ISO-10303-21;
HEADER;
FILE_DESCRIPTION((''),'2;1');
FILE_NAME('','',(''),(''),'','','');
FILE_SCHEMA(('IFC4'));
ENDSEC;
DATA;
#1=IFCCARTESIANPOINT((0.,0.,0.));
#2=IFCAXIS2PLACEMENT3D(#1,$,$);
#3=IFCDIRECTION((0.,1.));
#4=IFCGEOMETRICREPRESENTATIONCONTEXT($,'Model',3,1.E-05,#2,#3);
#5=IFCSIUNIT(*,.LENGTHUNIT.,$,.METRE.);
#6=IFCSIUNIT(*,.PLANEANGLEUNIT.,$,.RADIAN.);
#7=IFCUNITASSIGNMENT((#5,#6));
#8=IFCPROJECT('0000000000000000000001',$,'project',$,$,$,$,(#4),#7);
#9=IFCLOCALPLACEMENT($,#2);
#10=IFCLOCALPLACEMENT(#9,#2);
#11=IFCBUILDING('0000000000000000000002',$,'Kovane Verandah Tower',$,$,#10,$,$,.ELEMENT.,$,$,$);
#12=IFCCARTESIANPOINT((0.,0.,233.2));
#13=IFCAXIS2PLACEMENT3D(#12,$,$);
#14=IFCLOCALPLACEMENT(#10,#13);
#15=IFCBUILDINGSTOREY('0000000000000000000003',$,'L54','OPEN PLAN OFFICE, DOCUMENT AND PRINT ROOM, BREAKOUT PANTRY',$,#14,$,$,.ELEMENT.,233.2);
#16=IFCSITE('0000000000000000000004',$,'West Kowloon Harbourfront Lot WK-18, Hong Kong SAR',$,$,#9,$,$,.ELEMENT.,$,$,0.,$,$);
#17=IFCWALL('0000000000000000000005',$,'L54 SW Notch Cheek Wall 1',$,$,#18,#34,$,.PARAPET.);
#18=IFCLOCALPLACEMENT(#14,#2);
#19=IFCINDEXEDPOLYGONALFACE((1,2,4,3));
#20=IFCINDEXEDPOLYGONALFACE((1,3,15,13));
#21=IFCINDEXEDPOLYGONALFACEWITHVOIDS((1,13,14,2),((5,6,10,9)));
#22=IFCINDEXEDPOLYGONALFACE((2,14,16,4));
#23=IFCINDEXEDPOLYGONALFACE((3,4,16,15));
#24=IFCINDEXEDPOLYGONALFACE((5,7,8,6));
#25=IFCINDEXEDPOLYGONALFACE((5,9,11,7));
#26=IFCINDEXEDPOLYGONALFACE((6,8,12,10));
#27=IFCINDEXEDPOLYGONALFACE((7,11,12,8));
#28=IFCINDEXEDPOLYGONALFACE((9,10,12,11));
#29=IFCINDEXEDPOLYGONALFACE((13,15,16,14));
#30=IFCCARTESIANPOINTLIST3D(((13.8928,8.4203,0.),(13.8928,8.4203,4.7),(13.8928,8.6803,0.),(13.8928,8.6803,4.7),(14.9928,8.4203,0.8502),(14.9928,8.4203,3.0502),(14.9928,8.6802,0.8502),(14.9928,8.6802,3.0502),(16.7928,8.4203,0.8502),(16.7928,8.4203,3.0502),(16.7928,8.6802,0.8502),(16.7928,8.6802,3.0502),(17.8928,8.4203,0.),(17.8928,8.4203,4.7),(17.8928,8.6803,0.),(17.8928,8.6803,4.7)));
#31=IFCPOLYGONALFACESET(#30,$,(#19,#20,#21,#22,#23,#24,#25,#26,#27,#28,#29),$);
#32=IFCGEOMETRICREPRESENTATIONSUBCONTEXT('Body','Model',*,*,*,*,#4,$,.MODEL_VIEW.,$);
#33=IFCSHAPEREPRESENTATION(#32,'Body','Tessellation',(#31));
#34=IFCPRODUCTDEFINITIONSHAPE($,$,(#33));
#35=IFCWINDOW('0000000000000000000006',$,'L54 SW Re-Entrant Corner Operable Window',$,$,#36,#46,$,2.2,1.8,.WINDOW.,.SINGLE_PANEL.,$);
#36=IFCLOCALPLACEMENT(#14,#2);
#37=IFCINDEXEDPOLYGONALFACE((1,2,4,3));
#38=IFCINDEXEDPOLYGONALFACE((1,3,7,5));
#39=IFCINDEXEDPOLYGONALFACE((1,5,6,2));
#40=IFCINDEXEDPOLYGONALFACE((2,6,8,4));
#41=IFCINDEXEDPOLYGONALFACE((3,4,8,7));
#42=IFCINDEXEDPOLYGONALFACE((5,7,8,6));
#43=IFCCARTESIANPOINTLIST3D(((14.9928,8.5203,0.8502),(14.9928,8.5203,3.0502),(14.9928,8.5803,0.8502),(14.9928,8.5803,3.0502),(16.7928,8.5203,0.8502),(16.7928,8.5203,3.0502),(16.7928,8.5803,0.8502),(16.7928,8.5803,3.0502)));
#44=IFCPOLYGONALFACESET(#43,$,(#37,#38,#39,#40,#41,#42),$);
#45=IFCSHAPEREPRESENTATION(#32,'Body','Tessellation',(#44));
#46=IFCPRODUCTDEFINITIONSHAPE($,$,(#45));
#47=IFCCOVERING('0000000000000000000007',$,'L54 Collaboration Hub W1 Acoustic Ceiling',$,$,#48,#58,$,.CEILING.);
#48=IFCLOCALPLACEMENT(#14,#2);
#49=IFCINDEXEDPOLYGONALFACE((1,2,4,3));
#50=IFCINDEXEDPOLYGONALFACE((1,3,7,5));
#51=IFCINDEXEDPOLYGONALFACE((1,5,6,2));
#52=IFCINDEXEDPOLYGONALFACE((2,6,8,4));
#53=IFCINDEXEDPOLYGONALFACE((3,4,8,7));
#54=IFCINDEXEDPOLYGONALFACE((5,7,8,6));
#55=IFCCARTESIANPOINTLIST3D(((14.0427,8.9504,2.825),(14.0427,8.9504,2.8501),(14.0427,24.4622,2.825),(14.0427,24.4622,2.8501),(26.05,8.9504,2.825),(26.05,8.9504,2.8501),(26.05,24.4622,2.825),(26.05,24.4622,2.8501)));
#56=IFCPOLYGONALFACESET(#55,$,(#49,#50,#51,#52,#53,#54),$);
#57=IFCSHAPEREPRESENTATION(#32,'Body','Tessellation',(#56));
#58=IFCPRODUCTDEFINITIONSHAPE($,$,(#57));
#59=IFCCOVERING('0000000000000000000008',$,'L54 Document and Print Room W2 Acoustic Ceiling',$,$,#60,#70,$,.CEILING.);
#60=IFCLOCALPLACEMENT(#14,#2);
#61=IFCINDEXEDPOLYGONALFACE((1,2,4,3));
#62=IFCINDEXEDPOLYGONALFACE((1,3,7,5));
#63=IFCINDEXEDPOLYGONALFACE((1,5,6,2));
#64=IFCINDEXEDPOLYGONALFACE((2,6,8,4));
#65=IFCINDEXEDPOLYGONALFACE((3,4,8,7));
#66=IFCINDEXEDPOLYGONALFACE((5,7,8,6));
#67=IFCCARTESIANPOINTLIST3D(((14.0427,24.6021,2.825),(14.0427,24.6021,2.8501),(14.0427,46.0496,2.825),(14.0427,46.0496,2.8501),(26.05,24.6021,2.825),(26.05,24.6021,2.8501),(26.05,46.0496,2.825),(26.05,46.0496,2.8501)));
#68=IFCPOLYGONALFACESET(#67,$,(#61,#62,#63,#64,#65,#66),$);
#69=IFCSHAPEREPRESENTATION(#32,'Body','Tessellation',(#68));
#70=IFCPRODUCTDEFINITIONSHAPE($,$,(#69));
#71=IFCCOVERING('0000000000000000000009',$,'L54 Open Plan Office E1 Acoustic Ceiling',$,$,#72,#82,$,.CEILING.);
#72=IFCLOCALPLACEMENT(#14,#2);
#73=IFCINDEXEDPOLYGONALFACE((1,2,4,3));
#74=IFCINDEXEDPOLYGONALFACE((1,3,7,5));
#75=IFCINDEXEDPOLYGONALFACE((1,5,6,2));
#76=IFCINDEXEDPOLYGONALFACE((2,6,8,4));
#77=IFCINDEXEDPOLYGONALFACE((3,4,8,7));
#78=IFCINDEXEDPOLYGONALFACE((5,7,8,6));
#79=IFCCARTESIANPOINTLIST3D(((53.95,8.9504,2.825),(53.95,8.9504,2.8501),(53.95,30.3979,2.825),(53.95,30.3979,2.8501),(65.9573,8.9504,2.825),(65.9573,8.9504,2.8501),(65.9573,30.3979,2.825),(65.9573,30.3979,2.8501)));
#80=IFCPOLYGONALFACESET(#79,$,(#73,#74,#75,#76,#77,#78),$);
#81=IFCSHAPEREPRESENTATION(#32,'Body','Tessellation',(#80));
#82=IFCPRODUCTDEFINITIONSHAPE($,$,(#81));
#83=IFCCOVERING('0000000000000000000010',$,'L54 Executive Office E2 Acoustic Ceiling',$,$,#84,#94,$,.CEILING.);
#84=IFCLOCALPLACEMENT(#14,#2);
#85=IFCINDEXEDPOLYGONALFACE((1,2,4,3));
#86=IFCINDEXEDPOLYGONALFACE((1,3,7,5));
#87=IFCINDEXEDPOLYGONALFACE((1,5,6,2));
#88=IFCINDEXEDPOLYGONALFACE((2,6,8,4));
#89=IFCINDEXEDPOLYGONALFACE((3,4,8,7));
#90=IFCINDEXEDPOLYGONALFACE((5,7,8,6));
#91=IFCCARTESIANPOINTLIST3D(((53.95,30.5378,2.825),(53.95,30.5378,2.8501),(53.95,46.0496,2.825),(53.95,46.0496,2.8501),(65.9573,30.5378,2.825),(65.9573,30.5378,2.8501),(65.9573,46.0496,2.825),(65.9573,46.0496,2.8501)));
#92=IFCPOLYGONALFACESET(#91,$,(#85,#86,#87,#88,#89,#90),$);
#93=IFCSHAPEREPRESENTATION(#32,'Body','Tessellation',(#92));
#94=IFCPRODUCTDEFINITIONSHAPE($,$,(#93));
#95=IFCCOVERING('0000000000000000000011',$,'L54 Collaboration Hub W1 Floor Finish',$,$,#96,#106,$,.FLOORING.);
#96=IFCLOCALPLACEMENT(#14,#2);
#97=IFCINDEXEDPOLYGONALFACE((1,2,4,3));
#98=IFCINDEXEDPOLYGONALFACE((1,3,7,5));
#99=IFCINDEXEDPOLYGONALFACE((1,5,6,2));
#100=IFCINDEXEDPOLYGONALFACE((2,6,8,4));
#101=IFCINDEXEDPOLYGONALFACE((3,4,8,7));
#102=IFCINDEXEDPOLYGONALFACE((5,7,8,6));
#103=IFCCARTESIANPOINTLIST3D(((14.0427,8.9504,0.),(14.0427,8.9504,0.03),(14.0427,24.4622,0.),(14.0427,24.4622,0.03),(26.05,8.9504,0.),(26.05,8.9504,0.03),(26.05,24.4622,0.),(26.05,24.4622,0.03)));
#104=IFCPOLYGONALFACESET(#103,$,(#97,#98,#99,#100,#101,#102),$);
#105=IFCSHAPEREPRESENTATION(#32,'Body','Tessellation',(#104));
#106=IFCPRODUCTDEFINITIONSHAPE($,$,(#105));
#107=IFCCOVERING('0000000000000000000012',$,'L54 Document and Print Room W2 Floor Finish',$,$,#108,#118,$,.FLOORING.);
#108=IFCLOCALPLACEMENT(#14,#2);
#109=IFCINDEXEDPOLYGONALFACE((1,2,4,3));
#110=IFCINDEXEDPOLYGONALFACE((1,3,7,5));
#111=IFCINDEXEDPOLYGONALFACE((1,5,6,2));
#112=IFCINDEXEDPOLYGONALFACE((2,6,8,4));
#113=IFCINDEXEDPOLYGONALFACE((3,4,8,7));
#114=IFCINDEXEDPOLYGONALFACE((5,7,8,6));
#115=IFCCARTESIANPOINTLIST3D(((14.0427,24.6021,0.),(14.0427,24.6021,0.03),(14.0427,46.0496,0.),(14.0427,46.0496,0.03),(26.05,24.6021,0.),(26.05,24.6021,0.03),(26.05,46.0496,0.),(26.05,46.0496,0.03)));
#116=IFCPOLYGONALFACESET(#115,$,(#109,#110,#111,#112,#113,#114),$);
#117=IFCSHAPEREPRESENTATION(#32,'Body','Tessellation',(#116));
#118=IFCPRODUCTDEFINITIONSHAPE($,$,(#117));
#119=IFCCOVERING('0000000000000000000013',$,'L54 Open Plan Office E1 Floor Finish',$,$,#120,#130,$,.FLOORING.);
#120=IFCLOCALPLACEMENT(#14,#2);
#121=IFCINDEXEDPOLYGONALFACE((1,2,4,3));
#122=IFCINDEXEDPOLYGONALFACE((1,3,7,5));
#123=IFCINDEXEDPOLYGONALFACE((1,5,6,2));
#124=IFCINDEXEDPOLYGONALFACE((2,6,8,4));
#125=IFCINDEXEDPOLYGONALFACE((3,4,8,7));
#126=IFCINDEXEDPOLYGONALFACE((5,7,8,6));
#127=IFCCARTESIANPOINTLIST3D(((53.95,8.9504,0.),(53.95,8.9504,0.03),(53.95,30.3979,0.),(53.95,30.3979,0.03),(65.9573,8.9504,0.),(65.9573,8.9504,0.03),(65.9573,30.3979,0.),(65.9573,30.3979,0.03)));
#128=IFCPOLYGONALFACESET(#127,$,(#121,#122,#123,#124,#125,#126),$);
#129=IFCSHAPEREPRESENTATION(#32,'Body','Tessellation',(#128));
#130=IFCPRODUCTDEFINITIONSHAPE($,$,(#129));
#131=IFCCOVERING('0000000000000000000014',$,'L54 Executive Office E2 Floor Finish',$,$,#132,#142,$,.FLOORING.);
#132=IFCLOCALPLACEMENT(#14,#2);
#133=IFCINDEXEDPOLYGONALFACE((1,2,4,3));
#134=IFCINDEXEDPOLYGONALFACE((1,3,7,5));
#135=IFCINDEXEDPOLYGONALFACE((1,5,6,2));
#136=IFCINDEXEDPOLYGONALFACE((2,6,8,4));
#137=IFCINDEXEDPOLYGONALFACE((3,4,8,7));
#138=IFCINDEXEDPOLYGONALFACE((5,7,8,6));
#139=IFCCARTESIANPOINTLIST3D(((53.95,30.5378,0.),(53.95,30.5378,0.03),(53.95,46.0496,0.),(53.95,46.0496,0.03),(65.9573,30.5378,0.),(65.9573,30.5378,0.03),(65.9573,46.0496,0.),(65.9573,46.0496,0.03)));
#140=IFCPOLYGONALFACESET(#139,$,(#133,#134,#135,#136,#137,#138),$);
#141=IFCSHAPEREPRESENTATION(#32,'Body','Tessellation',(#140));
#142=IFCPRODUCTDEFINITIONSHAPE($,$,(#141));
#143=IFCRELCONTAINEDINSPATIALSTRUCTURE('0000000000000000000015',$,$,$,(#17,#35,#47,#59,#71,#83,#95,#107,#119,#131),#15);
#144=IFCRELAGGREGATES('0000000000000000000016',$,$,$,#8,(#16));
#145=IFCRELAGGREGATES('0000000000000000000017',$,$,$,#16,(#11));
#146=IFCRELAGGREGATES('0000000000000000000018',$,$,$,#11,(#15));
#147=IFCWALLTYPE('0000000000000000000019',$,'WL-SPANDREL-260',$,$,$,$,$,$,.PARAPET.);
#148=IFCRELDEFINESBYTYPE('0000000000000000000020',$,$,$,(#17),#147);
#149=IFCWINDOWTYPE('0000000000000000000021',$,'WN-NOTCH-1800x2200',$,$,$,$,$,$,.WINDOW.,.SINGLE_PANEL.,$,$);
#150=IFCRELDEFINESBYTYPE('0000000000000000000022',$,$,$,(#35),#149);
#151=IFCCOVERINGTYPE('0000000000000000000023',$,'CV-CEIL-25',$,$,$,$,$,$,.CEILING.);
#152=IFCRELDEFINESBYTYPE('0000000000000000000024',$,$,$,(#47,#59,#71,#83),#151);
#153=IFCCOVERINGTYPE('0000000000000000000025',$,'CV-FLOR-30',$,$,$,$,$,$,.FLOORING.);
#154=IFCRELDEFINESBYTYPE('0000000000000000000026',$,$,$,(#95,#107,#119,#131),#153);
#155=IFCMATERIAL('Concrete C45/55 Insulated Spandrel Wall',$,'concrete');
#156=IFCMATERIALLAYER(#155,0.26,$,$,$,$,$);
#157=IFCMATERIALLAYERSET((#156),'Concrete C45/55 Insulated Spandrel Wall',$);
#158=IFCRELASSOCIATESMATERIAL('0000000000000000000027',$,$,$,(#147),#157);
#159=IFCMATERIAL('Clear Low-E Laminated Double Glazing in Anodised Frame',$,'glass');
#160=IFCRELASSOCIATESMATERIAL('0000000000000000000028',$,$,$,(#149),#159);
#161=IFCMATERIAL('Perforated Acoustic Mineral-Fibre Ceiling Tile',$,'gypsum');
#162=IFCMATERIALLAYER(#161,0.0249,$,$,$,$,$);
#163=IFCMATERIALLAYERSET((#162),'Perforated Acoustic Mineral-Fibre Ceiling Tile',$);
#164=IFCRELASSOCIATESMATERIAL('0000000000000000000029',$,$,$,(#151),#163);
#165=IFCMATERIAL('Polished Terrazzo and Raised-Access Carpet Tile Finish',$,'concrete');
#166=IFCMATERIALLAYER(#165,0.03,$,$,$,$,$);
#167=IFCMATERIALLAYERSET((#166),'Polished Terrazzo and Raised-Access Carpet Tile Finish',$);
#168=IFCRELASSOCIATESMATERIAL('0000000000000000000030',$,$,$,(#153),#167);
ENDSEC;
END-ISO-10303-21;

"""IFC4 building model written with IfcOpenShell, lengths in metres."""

from ifc_helpers import new_model, si_unit, direction, frame, frame_2d, origin, place, context, subcontext, project, spatial, polyline, rectangle, outline, extrude, material, layer, layer_set, type_object, element, fill, save


model = new_model("IFC4")

# Units and contexts
model_context = context("Model", 3, precision=1e-05, world=origin(), true_north=direction((0.0, 1.0)))
body_context = subcontext(model_context, "Body", "Model", "MODEL_VIEW")
ifc_project = project(units=[si_unit("LENGTHUNIT", "METRE"), si_unit("PLANEANGLEUNIT", "RADIAN")], contexts=[model_context])

# Site, building, storey
site_placement = place(None, origin())
site = spatial("IfcSite", under=ifc_project, at=site_placement, Name="West Kowloon Harbourfront Lot WK-18, Hong Kong SAR", CompositionType="ELEMENT", RefElevation=0.0)
building_placement = place(site_placement, origin())
building = spatial("IfcBuilding", under=site, at=building_placement, Name="Kovane Verandah Tower", CompositionType="ELEMENT")
storey_placement = place(building_placement, frame((0.0, 0.0, 233.2)))
storey = spatial("IfcBuildingStorey", under=building, at=storey_placement, Name="L54", Description="OPEN PLAN OFFICE, DOCUMENT AND PRINT ROOM, BREAKOUT PANTRY", CompositionType="ELEMENT", Elevation=233.2)

# Wall, opening, window
ifc_material_1 = material(Name="Concrete C45/55 Insulated Spandrel Wall", Category="concrete")
ifc_layer_1 = layer(ifc_material_1, 0.26)
ifc_layer_set_1 = layer_set([ifc_layer_1], Name="Concrete C45/55 Insulated Spandrel Wall")
wall_type = type_object("IfcWallType", Name="WL-SPANDREL-260", PredefinedType="PARAPET", material=ifc_layer_set_1)
wall_placement = place(storey_placement, frame((13.8928, 8.5503, 0.0), z_axis=(0.0, 0.0, 1.0), x_axis=(1.0, 0.0, 0.0)))
wall = element("IfcWall", 1, at=wall_placement, inside=storey, type_object=wall_type, Name="L54 SW Notch Cheek Wall 1", PredefinedType="PARAPET", context=body_context, shape_type="SweptSolid", body=[
    extrude(rectangle(XDim=4.0, YDim=0.26, at=frame_2d((2.0, 0.0))), origin(), (0.0, 0.0, 1.0), 4.7),
])
opening_placement = place(wall_placement, frame((1.1001, 0.0, 0.8501)))
opening = element("IfcOpeningElement", 2, at=opening_placement, cuts=wall, PredefinedType="OPENING", context=body_context, shape_type="SweptSolid", body=[
    extrude(rectangle(XDim=1.8, YDim=2.2, at=frame_2d((0.8999, 1.1001))), frame((0.0, 0.1299, 0.0), z_axis=(0.0, -1.0, 0.0), x_axis=(1.0, 0.0, 0.0)), (0.0, 0.0, 1.0), 0.26),
])
ifc_material_2 = material(Name="Clear Low-E Laminated Double Glazing in Anodised Frame", Category="glass")
window_type = type_object("IfcWindowType", Name="WN-NOTCH-1800x2200", PartitioningType="SINGLE_PANEL", PredefinedType="WINDOW", material=ifc_material_2)
window_placement = place(opening_placement, origin())
window = element("IfcWindow", 3, at=window_placement, inside=storey, type_object=window_type, Name="L54 SW Re-Entrant Corner Operable Window", OverallHeight=2.2, OverallWidth=1.8, PartitioningType="SINGLE_PANEL", PredefinedType="WINDOW", context=body_context, shape_type="SweptSolid", body=[
    extrude(rectangle(XDim=1.8, YDim=2.2, at=frame_2d((0.8999, 1.1001))), frame((0.0, 0.03, 0.0), z_axis=(0.0, -1.0, 0.0), x_axis=(1.0, 0.0, 0.0)), (0.0, 0.0, 1.0), 0.0601),
])
fill(opening, window)

# Coverings
ifc_material_3 = material(Name="Perforated Acoustic Mineral-Fibre Ceiling Tile", Category="gypsum")
ifc_layer_2 = layer(ifc_material_3, 0.0249)
ifc_layer_set_2 = layer_set([ifc_layer_2], Name="Perforated Acoustic Mineral-Fibre Ceiling Tile")
covering_type_1 = type_object("IfcCoveringType", Name="CV-CEIL-25", PredefinedType="CEILING", material=ifc_layer_set_2)
covering_1_placement = place(storey_placement, frame((0.0, 0.0, 2.825)))
element("IfcCovering", 4, at=covering_1_placement, inside=storey, type_object=covering_type_1, Name="L54 Collaboration Hub W1 Acoustic Ceiling", PredefinedType="CEILING", context=body_context, shape_type="SweptSolid", body=[
    extrude(outline(polyline([(14.0427, 8.9504), (26.05, 8.9504), (26.05, 24.4622), (14.0427, 24.4622), (14.0427, 8.9504)])), origin(), (0.0, 0.0, 1.0), 0.0251),
])
covering_2_placement = place(storey_placement, frame((0.0, 0.0, 2.825)))
element("IfcCovering", 5, at=covering_2_placement, inside=storey, type_object=covering_type_1, Name="L54 Document and Print Room W2 Acoustic Ceiling", PredefinedType="CEILING", context=body_context, shape_type="SweptSolid", body=[
    extrude(outline(polyline([(14.0427, 24.6021), (26.05, 24.6021), (26.05, 46.0496), (14.0427, 46.0496), (14.0427, 24.6021)])), origin(), (0.0, 0.0, 1.0), 0.0251),
])
covering_3_placement = place(storey_placement, frame((0.0, 0.0, 2.825)))
element("IfcCovering", 6, at=covering_3_placement, inside=storey, type_object=covering_type_1, Name="L54 Open Plan Office E1 Acoustic Ceiling", PredefinedType="CEILING", context=body_context, shape_type="SweptSolid", body=[
    extrude(outline(polyline([(53.95, 8.9504), (65.9573, 8.9504), (65.9573, 30.3979), (53.95, 30.3979), (53.95, 8.9504)])), origin(), (0.0, 0.0, 1.0), 0.0251),
])
covering_4_placement = place(storey_placement, frame((0.0, 0.0, 2.825)))
element("IfcCovering", 7, at=covering_4_placement, inside=storey, type_object=covering_type_1, Name="L54 Executive Office E2 Acoustic Ceiling", PredefinedType="CEILING", context=body_context, shape_type="SweptSolid", body=[
    extrude(outline(polyline([(53.95, 30.5378), (65.9573, 30.5378), (65.9573, 46.0496), (53.95, 46.0496), (53.95, 30.5378)])), origin(), (0.0, 0.0, 1.0), 0.0251),
])
ifc_material_4 = material(Name="Polished Terrazzo and Raised-Access Carpet Tile Finish", Category="concrete")
ifc_layer_3 = layer(ifc_material_4, 0.03)
ifc_layer_set_3 = layer_set([ifc_layer_3], Name="Polished Terrazzo and Raised-Access Carpet Tile Finish")
covering_type_2 = type_object("IfcCoveringType", Name="CV-FLOR-30", PredefinedType="FLOORING", material=ifc_layer_set_3)
covering_5_placement = place(storey_placement, origin())
element("IfcCovering", 8, at=covering_5_placement, inside=storey, type_object=covering_type_2, Name="L54 Collaboration Hub W1 Floor Finish", PredefinedType="FLOORING", context=body_context, shape_type="SweptSolid", body=[
    extrude(outline(polyline([(14.0427, 8.9504), (26.05, 8.9504), (26.05, 24.4622), (14.0427, 24.4622), (14.0427, 8.9504)])), origin(), (0.0, 0.0, 1.0), 0.03),
])
covering_6_placement = place(storey_placement, origin())
element("IfcCovering", 9, at=covering_6_placement, inside=storey, type_object=covering_type_2, Name="L54 Document and Print Room W2 Floor Finish", PredefinedType="FLOORING", context=body_context, shape_type="SweptSolid", body=[
    extrude(outline(polyline([(14.0427, 24.6021), (26.05, 24.6021), (26.05, 46.0496), (14.0427, 46.0496), (14.0427, 24.6021)])), origin(), (0.0, 0.0, 1.0), 0.03),
])
covering_7_placement = place(storey_placement, origin())
element("IfcCovering", 10, at=covering_7_placement, inside=storey, type_object=covering_type_2, Name="L54 Open Plan Office E1 Floor Finish", PredefinedType="FLOORING", context=body_context, shape_type="SweptSolid", body=[
    extrude(outline(polyline([(53.95, 8.9504), (65.9573, 8.9504), (65.9573, 30.3979), (53.95, 30.3979), (53.95, 8.9504)])), origin(), (0.0, 0.0, 1.0), 0.03),
])
covering_8_placement = place(storey_placement, origin())
element("IfcCovering", 11, at=covering_8_placement, inside=storey, type_object=covering_type_2, Name="L54 Executive Office E2 Floor Finish", PredefinedType="FLOORING", context=body_context, shape_type="SweptSolid", body=[
    extrude(outline(polyline([(53.95, 30.5378), (65.9573, 30.5378), (65.9573, 46.0496), (53.95, 46.0496), (53.95, 30.5378)])), origin(), (0.0, 0.0, 1.0), 0.03),
])

save(model, "model.ifc")
